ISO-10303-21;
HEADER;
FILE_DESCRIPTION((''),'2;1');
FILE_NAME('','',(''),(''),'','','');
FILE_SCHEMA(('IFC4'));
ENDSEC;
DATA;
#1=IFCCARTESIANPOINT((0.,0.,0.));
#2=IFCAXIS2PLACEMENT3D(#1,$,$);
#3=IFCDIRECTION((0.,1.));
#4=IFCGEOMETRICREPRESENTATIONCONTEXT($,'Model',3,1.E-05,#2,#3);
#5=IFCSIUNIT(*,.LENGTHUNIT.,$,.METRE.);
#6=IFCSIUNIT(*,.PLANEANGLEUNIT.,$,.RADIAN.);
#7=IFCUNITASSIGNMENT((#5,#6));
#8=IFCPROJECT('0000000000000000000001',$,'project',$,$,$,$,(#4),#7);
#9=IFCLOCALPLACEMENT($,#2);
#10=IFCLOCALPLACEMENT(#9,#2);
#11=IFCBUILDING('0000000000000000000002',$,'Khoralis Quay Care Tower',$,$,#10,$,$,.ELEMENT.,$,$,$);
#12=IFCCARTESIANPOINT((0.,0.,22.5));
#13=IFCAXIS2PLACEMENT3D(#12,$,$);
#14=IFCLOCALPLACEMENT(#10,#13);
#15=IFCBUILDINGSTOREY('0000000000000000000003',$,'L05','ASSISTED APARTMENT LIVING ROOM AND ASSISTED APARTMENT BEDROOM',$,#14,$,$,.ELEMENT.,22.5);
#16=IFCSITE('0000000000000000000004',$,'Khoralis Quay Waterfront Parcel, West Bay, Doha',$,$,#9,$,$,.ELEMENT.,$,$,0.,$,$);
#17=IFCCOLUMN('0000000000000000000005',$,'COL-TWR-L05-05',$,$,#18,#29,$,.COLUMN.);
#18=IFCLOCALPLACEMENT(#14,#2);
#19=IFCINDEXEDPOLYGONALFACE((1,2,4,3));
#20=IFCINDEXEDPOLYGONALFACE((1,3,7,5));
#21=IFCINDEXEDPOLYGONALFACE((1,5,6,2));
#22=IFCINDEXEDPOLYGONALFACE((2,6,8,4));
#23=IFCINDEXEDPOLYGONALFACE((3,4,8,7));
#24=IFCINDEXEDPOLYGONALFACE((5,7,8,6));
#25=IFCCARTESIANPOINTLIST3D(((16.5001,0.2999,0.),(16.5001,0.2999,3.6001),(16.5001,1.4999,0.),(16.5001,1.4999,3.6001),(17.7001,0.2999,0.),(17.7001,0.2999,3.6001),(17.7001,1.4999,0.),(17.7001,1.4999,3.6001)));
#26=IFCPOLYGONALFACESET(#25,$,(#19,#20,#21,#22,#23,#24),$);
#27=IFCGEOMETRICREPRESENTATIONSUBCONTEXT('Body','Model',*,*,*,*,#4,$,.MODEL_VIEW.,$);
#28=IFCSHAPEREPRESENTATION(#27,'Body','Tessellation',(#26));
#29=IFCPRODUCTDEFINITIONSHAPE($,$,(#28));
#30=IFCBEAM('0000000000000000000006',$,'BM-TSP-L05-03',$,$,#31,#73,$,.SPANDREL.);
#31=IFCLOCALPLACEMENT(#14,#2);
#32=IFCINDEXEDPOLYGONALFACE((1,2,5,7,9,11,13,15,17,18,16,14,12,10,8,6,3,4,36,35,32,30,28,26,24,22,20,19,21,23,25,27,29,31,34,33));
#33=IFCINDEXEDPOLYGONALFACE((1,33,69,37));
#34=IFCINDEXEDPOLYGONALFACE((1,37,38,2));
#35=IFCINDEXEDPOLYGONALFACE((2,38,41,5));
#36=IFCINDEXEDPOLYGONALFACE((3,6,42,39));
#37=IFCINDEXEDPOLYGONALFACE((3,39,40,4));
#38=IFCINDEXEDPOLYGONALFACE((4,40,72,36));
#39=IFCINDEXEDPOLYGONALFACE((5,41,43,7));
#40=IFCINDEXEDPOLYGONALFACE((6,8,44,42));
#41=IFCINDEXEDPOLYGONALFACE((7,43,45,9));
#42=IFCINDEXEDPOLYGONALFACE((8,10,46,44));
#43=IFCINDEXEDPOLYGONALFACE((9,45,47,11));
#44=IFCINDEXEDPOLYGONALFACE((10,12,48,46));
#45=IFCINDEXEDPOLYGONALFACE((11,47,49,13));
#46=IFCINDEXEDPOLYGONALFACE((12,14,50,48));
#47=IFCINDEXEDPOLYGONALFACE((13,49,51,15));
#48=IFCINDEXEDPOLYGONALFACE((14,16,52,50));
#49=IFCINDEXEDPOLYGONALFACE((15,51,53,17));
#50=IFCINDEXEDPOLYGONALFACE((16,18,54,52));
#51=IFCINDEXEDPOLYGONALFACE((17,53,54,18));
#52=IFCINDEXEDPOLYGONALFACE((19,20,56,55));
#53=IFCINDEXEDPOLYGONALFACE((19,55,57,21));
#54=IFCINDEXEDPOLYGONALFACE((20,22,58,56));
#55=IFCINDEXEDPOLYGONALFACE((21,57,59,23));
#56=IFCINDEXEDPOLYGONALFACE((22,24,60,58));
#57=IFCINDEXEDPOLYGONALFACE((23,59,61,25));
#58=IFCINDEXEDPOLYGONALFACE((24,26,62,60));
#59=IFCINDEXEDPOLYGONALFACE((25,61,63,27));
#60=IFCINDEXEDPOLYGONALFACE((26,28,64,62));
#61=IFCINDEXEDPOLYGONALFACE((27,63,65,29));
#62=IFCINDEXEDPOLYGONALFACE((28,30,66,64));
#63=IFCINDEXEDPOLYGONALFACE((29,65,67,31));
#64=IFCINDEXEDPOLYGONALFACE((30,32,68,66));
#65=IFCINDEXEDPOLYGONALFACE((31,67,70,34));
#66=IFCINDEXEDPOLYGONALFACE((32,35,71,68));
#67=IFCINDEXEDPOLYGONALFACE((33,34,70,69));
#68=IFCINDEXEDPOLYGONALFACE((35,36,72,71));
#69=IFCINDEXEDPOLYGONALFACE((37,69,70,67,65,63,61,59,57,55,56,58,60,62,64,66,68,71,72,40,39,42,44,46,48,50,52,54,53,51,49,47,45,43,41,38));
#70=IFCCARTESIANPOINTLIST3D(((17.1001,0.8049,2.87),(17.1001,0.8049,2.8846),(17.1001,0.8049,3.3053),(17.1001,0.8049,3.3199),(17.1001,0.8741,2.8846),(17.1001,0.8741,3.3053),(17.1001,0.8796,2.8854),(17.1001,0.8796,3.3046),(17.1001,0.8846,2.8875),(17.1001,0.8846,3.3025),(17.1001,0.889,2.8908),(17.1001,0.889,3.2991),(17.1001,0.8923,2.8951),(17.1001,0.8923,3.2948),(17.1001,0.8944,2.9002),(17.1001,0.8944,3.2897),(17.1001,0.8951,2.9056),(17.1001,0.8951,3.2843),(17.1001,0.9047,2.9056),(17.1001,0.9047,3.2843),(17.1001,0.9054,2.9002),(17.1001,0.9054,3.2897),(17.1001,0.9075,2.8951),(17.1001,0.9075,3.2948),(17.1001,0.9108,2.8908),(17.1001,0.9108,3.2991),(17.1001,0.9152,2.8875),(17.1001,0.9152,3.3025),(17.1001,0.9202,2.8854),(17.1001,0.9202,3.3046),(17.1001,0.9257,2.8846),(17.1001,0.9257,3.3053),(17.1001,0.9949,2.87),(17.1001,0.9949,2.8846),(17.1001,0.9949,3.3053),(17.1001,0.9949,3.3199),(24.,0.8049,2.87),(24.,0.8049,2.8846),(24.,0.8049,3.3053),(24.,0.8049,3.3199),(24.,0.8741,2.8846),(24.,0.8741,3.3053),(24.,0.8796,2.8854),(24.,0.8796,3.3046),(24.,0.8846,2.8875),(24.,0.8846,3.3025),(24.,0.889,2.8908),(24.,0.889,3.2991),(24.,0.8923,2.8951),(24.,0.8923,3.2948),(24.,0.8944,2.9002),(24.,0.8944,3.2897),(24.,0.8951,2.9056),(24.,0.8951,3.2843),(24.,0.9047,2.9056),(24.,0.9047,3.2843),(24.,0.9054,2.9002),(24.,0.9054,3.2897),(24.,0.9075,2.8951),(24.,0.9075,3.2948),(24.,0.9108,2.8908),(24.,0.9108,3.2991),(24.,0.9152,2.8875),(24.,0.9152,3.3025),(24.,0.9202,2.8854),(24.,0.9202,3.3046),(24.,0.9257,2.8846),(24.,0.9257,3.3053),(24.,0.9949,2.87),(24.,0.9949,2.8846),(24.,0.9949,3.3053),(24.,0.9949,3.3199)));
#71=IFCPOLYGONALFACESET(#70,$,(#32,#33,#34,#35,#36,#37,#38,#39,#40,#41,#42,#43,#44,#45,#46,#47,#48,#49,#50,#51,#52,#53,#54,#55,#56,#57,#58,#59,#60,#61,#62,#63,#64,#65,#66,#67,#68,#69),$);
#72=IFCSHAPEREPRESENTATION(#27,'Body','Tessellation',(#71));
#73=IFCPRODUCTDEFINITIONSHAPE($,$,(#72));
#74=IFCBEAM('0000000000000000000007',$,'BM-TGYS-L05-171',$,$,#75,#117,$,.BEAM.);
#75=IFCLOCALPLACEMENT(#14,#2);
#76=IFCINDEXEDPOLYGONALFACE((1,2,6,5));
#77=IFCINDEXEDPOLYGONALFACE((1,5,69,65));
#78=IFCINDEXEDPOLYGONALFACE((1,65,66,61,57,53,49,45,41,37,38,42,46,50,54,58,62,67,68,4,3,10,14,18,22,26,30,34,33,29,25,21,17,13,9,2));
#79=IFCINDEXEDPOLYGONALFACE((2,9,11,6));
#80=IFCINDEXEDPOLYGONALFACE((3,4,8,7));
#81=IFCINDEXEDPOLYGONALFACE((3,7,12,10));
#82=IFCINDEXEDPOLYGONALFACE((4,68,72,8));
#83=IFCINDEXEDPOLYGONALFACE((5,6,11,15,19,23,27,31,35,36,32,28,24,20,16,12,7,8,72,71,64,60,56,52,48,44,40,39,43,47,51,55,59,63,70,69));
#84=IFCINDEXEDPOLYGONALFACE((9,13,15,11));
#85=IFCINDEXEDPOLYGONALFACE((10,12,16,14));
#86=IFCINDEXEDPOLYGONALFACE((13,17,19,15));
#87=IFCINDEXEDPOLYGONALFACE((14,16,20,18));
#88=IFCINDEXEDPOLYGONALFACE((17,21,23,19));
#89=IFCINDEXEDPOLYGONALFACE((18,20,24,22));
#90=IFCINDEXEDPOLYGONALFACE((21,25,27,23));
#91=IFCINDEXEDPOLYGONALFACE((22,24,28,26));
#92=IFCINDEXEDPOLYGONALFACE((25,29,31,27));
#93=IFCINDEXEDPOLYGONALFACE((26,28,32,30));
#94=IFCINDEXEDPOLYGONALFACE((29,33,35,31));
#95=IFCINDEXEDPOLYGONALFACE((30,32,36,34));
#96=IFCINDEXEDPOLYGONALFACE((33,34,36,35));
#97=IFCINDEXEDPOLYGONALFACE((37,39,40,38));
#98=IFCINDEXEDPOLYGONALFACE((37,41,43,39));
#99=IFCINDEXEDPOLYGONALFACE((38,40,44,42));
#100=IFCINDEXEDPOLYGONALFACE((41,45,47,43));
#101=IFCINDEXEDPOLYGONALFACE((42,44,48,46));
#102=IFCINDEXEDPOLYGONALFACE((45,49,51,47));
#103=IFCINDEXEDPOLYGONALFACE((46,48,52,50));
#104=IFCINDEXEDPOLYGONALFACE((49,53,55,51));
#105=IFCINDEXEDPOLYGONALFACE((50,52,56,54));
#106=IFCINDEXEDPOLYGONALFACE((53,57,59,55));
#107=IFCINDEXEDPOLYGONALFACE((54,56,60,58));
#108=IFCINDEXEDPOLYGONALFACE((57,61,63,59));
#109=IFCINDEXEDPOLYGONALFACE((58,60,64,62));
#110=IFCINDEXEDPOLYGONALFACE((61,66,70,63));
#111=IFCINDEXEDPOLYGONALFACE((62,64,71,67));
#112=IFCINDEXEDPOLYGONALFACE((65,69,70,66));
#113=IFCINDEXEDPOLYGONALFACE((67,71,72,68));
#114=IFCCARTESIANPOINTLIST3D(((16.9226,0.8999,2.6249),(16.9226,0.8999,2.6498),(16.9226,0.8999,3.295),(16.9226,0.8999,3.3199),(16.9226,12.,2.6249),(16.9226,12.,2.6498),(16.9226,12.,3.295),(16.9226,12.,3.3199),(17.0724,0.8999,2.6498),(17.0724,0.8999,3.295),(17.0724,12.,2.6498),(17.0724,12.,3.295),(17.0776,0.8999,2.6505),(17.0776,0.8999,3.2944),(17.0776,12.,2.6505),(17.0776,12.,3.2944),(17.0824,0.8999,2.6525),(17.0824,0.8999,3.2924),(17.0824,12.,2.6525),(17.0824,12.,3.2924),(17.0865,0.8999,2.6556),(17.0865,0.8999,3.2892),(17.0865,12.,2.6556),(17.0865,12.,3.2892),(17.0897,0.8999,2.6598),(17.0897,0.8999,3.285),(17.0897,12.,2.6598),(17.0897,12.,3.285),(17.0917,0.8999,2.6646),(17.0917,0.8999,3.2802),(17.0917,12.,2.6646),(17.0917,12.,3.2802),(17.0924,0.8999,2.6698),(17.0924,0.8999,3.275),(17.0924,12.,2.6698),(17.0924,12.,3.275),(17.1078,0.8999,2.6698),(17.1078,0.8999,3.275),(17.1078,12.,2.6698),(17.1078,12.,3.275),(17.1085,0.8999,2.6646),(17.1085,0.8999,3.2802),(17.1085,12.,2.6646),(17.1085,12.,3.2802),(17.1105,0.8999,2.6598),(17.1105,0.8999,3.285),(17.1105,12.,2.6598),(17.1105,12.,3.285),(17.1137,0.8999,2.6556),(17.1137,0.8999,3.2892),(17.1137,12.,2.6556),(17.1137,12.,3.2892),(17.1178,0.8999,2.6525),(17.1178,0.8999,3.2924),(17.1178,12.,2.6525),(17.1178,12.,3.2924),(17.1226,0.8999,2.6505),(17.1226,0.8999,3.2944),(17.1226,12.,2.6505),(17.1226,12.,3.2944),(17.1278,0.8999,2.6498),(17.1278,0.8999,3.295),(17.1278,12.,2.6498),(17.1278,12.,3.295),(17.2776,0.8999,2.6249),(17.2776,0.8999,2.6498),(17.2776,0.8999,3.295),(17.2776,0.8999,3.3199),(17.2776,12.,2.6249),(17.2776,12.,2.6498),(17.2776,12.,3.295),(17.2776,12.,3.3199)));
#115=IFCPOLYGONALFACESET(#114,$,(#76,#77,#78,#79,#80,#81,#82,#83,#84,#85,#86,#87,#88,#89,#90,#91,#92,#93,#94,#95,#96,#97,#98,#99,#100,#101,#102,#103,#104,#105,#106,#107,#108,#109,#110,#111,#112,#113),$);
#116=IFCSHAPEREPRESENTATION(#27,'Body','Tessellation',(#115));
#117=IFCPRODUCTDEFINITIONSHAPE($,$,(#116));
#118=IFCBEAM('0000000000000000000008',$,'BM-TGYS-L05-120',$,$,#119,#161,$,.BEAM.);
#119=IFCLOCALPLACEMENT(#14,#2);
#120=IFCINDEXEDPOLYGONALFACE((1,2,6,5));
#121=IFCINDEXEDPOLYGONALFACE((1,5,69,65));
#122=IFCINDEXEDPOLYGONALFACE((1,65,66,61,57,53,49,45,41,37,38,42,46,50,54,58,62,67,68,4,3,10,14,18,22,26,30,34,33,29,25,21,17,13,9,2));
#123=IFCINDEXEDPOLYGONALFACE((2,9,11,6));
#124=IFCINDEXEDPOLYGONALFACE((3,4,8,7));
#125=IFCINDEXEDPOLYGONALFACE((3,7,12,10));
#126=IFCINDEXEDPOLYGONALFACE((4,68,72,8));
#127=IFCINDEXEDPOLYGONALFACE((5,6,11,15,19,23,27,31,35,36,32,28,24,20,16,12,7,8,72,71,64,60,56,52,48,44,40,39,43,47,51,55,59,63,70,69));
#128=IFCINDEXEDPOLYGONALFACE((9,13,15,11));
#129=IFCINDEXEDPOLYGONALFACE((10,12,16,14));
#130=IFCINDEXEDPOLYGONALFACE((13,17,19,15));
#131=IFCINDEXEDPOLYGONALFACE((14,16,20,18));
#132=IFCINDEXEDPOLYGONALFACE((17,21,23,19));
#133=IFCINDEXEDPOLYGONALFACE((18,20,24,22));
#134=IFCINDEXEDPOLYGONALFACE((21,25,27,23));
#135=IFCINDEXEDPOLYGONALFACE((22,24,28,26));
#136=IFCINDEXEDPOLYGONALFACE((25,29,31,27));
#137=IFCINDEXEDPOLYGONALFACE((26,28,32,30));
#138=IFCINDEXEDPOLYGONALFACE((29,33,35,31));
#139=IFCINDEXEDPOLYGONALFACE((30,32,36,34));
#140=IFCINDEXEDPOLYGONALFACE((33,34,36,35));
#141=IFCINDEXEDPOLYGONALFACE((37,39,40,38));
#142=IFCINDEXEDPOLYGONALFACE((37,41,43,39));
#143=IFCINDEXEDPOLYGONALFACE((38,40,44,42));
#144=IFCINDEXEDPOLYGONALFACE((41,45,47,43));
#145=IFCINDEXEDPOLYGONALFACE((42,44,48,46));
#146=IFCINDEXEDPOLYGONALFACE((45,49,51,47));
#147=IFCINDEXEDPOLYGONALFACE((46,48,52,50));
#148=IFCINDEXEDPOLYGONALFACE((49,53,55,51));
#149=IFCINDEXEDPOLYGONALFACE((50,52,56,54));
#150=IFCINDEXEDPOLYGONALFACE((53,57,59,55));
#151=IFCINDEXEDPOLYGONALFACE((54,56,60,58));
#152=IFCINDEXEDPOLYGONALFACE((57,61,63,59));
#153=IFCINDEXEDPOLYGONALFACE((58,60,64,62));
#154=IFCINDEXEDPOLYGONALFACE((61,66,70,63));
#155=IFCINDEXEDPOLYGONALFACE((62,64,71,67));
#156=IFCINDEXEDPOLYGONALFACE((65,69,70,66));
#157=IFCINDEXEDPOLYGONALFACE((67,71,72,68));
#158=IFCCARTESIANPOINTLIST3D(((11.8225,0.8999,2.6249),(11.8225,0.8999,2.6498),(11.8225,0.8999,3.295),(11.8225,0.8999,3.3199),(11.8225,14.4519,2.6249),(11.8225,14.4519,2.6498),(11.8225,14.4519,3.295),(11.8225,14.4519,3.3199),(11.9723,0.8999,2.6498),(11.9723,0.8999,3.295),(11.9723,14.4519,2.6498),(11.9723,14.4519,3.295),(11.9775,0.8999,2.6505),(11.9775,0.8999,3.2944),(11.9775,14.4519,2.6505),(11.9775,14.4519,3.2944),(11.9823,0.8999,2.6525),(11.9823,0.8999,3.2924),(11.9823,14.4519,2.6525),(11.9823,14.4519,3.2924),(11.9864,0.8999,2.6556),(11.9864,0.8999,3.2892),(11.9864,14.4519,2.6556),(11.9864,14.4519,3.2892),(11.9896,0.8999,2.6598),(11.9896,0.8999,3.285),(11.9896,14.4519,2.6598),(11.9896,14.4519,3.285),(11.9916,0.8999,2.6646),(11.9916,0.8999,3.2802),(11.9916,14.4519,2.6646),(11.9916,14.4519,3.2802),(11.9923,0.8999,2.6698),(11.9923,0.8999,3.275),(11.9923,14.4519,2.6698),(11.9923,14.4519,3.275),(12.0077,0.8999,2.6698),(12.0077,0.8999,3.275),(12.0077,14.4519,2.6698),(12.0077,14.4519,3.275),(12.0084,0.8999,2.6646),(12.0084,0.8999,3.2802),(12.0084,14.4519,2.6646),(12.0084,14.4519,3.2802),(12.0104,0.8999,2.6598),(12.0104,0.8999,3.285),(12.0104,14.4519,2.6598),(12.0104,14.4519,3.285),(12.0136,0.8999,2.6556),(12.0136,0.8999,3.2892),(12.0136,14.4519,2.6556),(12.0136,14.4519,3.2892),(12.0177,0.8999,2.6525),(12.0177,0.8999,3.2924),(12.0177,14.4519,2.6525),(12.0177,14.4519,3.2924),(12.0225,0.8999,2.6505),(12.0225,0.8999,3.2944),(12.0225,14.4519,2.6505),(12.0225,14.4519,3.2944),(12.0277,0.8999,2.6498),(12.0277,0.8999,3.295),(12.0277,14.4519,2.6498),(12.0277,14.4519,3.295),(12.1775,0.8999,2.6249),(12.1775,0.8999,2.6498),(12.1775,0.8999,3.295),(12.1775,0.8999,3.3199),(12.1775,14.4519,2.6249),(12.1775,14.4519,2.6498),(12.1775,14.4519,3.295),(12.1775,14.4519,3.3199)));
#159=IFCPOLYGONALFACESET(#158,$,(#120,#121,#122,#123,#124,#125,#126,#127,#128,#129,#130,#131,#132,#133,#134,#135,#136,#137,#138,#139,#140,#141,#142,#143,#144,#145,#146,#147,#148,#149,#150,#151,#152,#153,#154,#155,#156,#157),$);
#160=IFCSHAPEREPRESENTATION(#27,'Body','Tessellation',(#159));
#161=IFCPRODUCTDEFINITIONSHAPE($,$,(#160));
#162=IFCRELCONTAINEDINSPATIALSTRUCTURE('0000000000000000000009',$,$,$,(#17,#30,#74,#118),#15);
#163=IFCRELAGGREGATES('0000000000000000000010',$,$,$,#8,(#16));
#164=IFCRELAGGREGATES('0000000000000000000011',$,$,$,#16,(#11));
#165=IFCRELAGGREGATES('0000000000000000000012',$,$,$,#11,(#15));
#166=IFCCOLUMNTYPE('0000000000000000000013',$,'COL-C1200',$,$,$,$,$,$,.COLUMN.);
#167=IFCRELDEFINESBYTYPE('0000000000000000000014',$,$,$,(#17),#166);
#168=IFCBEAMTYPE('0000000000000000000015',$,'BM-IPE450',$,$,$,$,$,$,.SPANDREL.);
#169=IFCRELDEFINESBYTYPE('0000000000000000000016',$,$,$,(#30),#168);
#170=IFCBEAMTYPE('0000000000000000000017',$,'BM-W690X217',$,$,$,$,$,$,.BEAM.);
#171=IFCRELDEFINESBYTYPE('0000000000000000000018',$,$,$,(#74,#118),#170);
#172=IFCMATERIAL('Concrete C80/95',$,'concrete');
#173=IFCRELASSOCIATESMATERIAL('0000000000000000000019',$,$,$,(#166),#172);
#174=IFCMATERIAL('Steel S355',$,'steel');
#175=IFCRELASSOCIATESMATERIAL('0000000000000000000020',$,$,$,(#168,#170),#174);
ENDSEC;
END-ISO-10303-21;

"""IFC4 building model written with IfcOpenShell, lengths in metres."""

from ifc_helpers import new_model, si_unit, direction, frame, origin, origin_2d, place, context, subcontext, project, spatial, rectangle, i_section, extrude, source, transform, mapped, material, material_profile, profile_set, type_object, element, save


model = new_model("IFC4")

# Units and contexts
model_context = context("Model", 3, precision=1e-05, world=origin(), true_north=direction((0.0, 1.0)))
body_context = subcontext(model_context, "Body", "Model", "MODEL_VIEW")
ifc_project = project(units=[si_unit("LENGTHUNIT", "METRE"), si_unit("PLANEANGLEUNIT", "RADIAN")], contexts=[model_context])

# Site, building, storey
site_placement = place(None, origin())
site = spatial("IfcSite", under=ifc_project, at=site_placement, Name="Khoralis Quay Waterfront Parcel, West Bay, Doha", CompositionType="ELEMENT", RefElevation=0.0)
building_placement = place(site_placement, origin())
building = spatial("IfcBuilding", under=site, at=building_placement, Name="Khoralis Quay Care Tower", CompositionType="ELEMENT")
storey_placement = place(building_placement, frame((0.0, 0.0, 22.5)))
storey = spatial("IfcBuildingStorey", under=building, at=storey_placement, Name="L05", Description="ASSISTED APARTMENT LIVING ROOM AND ASSISTED APARTMENT BEDROOM", CompositionType="ELEMENT", Elevation=22.5)

# Column
ifc_material_1 = material(Name="Concrete C80/95", Category="concrete")
ifc_material_profile_1 = material_profile(ifc_material_1, rectangle(XDim=1.2, YDim=1.2, at=origin_2d()), Name="Concrete C80/95")
ifc_profile_set_1 = profile_set([ifc_material_profile_1], Name="Concrete C80/95")
column_type = type_object("IfcColumnType", Name="COL-C1200", PredefinedType="COLUMN", material=ifc_profile_set_1)
shared_shape_1 = source(origin(), body_context, "Body", "SweptSolid", [
    extrude(rectangle(XDim=1.2, YDim=1.2, at=origin_2d()), origin(), (0.0, 0.0, 1.0), 3.6001),
])
column_placement = place(storey_placement, frame((17.1001, 0.8999, 0.0), z_axis=(0.0, 0.0, 1.0), x_axis=(1.0, 0.0, 0.0)))
element("IfcColumn", 1, at=column_placement, inside=storey, type_object=column_type, Name="COL-TWR-L05-05", PredefinedType="COLUMN", context=body_context, shape_type="MappedRepresentation", body=[
    mapped(shared_shape_1, transform((0.0, 0.0, 0.0), scale=1.0)),
])

# Beams
ifc_material_2 = material(Name="Steel S355", Category="steel")
ifc_material_profile_2 = material_profile(ifc_material_2, i_section(OverallWidth=0.1899, OverallDepth=0.45, WebThickness=0.0095, FlangeThickness=0.0146, FilletRadius=0.021, at=origin_2d()), Name="Steel S355")
ifc_profile_set_2 = profile_set([ifc_material_profile_2], Name="Steel S355")
beam_type_1 = type_object("IfcBeamType", Name="BM-IPE450", PredefinedType="SPANDREL", material=ifc_profile_set_2)
shared_shape_2 = source(origin(), body_context, "Body", "SweptSolid", [
    extrude(i_section(OverallWidth=0.1899, OverallDepth=0.45, WebThickness=0.0095, FlangeThickness=0.0146, FilletRadius=0.021, at=origin_2d()), origin(), (0.0, 0.0, 1.0), 6.8999),
])
beam_1_placement = place(storey_placement, frame((17.1001, 0.8999, 3.095), z_axis=(1.0, 0.0, 0.0), x_axis=(0.0, 1.0, 0.0)))
element("IfcBeam", 2, at=beam_1_placement, inside=storey, type_object=beam_type_1, Name="BM-TSP-L05-03", PredefinedType="SPANDREL", context=body_context, shape_type="MappedRepresentation", body=[
    mapped(shared_shape_2, transform((0.0, 0.0, 0.0), scale=1.0)),
])
ifc_material_profile_3 = material_profile(ifc_material_2, i_section(OverallWidth=0.355, OverallDepth=0.6951, WebThickness=0.0154, FlangeThickness=0.0249, FilletRadius=0.02, at=origin_2d()), Name="Steel S355")
ifc_profile_set_3 = profile_set([ifc_material_profile_3], Name="Steel S355")
beam_type_2 = type_object("IfcBeamType", Name="BM-W690X217", PredefinedType="BEAM", material=ifc_profile_set_3)
shared_shape_3 = source(origin(), body_context, "Body", "SweptSolid", [
    extrude(i_section(OverallWidth=0.355, OverallDepth=0.6951, WebThickness=0.0154, FlangeThickness=0.0249, FilletRadius=0.02, at=origin_2d()), origin(), (0.0, 0.0, 1.0), 11.1001),
])
beam_2_placement = place(storey_placement, frame((17.1001, 0.8999, 2.9724), z_axis=(0.0, 1.0, 0.0), x_axis=(-1.0, 0.0, 0.0)))
element("IfcBeam", 3, at=beam_2_placement, inside=storey, type_object=beam_type_2, Name="BM-TGYS-L05-171", PredefinedType="BEAM", context=body_context, shape_type="MappedRepresentation", body=[
    mapped(shared_shape_3, transform((0.0, 0.0, 0.0), scale=1.0)),
])
shared_shape_4 = source(origin(), body_context, "Body", "SweptSolid", [
    extrude(i_section(OverallWidth=0.355, OverallDepth=0.6951, WebThickness=0.0154, FlangeThickness=0.0249, FilletRadius=0.02, at=origin_2d()), origin(), (0.0, 0.0, 1.0), 13.552),
])
beam_3_placement = place(storey_placement, frame((12.0, 0.8999, 2.9724), z_axis=(0.0, 1.0, 0.0), x_axis=(-1.0, 0.0, 0.0)))
element("IfcBeam", 4, at=beam_3_placement, inside=storey, type_object=beam_type_2, Name="BM-TGYS-L05-120", PredefinedType="BEAM", context=body_context, shape_type="MappedRepresentation", body=[
    mapped(shared_shape_4, transform((0.0, 0.0, 0.0), scale=1.0)),
])

save(model, "model.ifc")
